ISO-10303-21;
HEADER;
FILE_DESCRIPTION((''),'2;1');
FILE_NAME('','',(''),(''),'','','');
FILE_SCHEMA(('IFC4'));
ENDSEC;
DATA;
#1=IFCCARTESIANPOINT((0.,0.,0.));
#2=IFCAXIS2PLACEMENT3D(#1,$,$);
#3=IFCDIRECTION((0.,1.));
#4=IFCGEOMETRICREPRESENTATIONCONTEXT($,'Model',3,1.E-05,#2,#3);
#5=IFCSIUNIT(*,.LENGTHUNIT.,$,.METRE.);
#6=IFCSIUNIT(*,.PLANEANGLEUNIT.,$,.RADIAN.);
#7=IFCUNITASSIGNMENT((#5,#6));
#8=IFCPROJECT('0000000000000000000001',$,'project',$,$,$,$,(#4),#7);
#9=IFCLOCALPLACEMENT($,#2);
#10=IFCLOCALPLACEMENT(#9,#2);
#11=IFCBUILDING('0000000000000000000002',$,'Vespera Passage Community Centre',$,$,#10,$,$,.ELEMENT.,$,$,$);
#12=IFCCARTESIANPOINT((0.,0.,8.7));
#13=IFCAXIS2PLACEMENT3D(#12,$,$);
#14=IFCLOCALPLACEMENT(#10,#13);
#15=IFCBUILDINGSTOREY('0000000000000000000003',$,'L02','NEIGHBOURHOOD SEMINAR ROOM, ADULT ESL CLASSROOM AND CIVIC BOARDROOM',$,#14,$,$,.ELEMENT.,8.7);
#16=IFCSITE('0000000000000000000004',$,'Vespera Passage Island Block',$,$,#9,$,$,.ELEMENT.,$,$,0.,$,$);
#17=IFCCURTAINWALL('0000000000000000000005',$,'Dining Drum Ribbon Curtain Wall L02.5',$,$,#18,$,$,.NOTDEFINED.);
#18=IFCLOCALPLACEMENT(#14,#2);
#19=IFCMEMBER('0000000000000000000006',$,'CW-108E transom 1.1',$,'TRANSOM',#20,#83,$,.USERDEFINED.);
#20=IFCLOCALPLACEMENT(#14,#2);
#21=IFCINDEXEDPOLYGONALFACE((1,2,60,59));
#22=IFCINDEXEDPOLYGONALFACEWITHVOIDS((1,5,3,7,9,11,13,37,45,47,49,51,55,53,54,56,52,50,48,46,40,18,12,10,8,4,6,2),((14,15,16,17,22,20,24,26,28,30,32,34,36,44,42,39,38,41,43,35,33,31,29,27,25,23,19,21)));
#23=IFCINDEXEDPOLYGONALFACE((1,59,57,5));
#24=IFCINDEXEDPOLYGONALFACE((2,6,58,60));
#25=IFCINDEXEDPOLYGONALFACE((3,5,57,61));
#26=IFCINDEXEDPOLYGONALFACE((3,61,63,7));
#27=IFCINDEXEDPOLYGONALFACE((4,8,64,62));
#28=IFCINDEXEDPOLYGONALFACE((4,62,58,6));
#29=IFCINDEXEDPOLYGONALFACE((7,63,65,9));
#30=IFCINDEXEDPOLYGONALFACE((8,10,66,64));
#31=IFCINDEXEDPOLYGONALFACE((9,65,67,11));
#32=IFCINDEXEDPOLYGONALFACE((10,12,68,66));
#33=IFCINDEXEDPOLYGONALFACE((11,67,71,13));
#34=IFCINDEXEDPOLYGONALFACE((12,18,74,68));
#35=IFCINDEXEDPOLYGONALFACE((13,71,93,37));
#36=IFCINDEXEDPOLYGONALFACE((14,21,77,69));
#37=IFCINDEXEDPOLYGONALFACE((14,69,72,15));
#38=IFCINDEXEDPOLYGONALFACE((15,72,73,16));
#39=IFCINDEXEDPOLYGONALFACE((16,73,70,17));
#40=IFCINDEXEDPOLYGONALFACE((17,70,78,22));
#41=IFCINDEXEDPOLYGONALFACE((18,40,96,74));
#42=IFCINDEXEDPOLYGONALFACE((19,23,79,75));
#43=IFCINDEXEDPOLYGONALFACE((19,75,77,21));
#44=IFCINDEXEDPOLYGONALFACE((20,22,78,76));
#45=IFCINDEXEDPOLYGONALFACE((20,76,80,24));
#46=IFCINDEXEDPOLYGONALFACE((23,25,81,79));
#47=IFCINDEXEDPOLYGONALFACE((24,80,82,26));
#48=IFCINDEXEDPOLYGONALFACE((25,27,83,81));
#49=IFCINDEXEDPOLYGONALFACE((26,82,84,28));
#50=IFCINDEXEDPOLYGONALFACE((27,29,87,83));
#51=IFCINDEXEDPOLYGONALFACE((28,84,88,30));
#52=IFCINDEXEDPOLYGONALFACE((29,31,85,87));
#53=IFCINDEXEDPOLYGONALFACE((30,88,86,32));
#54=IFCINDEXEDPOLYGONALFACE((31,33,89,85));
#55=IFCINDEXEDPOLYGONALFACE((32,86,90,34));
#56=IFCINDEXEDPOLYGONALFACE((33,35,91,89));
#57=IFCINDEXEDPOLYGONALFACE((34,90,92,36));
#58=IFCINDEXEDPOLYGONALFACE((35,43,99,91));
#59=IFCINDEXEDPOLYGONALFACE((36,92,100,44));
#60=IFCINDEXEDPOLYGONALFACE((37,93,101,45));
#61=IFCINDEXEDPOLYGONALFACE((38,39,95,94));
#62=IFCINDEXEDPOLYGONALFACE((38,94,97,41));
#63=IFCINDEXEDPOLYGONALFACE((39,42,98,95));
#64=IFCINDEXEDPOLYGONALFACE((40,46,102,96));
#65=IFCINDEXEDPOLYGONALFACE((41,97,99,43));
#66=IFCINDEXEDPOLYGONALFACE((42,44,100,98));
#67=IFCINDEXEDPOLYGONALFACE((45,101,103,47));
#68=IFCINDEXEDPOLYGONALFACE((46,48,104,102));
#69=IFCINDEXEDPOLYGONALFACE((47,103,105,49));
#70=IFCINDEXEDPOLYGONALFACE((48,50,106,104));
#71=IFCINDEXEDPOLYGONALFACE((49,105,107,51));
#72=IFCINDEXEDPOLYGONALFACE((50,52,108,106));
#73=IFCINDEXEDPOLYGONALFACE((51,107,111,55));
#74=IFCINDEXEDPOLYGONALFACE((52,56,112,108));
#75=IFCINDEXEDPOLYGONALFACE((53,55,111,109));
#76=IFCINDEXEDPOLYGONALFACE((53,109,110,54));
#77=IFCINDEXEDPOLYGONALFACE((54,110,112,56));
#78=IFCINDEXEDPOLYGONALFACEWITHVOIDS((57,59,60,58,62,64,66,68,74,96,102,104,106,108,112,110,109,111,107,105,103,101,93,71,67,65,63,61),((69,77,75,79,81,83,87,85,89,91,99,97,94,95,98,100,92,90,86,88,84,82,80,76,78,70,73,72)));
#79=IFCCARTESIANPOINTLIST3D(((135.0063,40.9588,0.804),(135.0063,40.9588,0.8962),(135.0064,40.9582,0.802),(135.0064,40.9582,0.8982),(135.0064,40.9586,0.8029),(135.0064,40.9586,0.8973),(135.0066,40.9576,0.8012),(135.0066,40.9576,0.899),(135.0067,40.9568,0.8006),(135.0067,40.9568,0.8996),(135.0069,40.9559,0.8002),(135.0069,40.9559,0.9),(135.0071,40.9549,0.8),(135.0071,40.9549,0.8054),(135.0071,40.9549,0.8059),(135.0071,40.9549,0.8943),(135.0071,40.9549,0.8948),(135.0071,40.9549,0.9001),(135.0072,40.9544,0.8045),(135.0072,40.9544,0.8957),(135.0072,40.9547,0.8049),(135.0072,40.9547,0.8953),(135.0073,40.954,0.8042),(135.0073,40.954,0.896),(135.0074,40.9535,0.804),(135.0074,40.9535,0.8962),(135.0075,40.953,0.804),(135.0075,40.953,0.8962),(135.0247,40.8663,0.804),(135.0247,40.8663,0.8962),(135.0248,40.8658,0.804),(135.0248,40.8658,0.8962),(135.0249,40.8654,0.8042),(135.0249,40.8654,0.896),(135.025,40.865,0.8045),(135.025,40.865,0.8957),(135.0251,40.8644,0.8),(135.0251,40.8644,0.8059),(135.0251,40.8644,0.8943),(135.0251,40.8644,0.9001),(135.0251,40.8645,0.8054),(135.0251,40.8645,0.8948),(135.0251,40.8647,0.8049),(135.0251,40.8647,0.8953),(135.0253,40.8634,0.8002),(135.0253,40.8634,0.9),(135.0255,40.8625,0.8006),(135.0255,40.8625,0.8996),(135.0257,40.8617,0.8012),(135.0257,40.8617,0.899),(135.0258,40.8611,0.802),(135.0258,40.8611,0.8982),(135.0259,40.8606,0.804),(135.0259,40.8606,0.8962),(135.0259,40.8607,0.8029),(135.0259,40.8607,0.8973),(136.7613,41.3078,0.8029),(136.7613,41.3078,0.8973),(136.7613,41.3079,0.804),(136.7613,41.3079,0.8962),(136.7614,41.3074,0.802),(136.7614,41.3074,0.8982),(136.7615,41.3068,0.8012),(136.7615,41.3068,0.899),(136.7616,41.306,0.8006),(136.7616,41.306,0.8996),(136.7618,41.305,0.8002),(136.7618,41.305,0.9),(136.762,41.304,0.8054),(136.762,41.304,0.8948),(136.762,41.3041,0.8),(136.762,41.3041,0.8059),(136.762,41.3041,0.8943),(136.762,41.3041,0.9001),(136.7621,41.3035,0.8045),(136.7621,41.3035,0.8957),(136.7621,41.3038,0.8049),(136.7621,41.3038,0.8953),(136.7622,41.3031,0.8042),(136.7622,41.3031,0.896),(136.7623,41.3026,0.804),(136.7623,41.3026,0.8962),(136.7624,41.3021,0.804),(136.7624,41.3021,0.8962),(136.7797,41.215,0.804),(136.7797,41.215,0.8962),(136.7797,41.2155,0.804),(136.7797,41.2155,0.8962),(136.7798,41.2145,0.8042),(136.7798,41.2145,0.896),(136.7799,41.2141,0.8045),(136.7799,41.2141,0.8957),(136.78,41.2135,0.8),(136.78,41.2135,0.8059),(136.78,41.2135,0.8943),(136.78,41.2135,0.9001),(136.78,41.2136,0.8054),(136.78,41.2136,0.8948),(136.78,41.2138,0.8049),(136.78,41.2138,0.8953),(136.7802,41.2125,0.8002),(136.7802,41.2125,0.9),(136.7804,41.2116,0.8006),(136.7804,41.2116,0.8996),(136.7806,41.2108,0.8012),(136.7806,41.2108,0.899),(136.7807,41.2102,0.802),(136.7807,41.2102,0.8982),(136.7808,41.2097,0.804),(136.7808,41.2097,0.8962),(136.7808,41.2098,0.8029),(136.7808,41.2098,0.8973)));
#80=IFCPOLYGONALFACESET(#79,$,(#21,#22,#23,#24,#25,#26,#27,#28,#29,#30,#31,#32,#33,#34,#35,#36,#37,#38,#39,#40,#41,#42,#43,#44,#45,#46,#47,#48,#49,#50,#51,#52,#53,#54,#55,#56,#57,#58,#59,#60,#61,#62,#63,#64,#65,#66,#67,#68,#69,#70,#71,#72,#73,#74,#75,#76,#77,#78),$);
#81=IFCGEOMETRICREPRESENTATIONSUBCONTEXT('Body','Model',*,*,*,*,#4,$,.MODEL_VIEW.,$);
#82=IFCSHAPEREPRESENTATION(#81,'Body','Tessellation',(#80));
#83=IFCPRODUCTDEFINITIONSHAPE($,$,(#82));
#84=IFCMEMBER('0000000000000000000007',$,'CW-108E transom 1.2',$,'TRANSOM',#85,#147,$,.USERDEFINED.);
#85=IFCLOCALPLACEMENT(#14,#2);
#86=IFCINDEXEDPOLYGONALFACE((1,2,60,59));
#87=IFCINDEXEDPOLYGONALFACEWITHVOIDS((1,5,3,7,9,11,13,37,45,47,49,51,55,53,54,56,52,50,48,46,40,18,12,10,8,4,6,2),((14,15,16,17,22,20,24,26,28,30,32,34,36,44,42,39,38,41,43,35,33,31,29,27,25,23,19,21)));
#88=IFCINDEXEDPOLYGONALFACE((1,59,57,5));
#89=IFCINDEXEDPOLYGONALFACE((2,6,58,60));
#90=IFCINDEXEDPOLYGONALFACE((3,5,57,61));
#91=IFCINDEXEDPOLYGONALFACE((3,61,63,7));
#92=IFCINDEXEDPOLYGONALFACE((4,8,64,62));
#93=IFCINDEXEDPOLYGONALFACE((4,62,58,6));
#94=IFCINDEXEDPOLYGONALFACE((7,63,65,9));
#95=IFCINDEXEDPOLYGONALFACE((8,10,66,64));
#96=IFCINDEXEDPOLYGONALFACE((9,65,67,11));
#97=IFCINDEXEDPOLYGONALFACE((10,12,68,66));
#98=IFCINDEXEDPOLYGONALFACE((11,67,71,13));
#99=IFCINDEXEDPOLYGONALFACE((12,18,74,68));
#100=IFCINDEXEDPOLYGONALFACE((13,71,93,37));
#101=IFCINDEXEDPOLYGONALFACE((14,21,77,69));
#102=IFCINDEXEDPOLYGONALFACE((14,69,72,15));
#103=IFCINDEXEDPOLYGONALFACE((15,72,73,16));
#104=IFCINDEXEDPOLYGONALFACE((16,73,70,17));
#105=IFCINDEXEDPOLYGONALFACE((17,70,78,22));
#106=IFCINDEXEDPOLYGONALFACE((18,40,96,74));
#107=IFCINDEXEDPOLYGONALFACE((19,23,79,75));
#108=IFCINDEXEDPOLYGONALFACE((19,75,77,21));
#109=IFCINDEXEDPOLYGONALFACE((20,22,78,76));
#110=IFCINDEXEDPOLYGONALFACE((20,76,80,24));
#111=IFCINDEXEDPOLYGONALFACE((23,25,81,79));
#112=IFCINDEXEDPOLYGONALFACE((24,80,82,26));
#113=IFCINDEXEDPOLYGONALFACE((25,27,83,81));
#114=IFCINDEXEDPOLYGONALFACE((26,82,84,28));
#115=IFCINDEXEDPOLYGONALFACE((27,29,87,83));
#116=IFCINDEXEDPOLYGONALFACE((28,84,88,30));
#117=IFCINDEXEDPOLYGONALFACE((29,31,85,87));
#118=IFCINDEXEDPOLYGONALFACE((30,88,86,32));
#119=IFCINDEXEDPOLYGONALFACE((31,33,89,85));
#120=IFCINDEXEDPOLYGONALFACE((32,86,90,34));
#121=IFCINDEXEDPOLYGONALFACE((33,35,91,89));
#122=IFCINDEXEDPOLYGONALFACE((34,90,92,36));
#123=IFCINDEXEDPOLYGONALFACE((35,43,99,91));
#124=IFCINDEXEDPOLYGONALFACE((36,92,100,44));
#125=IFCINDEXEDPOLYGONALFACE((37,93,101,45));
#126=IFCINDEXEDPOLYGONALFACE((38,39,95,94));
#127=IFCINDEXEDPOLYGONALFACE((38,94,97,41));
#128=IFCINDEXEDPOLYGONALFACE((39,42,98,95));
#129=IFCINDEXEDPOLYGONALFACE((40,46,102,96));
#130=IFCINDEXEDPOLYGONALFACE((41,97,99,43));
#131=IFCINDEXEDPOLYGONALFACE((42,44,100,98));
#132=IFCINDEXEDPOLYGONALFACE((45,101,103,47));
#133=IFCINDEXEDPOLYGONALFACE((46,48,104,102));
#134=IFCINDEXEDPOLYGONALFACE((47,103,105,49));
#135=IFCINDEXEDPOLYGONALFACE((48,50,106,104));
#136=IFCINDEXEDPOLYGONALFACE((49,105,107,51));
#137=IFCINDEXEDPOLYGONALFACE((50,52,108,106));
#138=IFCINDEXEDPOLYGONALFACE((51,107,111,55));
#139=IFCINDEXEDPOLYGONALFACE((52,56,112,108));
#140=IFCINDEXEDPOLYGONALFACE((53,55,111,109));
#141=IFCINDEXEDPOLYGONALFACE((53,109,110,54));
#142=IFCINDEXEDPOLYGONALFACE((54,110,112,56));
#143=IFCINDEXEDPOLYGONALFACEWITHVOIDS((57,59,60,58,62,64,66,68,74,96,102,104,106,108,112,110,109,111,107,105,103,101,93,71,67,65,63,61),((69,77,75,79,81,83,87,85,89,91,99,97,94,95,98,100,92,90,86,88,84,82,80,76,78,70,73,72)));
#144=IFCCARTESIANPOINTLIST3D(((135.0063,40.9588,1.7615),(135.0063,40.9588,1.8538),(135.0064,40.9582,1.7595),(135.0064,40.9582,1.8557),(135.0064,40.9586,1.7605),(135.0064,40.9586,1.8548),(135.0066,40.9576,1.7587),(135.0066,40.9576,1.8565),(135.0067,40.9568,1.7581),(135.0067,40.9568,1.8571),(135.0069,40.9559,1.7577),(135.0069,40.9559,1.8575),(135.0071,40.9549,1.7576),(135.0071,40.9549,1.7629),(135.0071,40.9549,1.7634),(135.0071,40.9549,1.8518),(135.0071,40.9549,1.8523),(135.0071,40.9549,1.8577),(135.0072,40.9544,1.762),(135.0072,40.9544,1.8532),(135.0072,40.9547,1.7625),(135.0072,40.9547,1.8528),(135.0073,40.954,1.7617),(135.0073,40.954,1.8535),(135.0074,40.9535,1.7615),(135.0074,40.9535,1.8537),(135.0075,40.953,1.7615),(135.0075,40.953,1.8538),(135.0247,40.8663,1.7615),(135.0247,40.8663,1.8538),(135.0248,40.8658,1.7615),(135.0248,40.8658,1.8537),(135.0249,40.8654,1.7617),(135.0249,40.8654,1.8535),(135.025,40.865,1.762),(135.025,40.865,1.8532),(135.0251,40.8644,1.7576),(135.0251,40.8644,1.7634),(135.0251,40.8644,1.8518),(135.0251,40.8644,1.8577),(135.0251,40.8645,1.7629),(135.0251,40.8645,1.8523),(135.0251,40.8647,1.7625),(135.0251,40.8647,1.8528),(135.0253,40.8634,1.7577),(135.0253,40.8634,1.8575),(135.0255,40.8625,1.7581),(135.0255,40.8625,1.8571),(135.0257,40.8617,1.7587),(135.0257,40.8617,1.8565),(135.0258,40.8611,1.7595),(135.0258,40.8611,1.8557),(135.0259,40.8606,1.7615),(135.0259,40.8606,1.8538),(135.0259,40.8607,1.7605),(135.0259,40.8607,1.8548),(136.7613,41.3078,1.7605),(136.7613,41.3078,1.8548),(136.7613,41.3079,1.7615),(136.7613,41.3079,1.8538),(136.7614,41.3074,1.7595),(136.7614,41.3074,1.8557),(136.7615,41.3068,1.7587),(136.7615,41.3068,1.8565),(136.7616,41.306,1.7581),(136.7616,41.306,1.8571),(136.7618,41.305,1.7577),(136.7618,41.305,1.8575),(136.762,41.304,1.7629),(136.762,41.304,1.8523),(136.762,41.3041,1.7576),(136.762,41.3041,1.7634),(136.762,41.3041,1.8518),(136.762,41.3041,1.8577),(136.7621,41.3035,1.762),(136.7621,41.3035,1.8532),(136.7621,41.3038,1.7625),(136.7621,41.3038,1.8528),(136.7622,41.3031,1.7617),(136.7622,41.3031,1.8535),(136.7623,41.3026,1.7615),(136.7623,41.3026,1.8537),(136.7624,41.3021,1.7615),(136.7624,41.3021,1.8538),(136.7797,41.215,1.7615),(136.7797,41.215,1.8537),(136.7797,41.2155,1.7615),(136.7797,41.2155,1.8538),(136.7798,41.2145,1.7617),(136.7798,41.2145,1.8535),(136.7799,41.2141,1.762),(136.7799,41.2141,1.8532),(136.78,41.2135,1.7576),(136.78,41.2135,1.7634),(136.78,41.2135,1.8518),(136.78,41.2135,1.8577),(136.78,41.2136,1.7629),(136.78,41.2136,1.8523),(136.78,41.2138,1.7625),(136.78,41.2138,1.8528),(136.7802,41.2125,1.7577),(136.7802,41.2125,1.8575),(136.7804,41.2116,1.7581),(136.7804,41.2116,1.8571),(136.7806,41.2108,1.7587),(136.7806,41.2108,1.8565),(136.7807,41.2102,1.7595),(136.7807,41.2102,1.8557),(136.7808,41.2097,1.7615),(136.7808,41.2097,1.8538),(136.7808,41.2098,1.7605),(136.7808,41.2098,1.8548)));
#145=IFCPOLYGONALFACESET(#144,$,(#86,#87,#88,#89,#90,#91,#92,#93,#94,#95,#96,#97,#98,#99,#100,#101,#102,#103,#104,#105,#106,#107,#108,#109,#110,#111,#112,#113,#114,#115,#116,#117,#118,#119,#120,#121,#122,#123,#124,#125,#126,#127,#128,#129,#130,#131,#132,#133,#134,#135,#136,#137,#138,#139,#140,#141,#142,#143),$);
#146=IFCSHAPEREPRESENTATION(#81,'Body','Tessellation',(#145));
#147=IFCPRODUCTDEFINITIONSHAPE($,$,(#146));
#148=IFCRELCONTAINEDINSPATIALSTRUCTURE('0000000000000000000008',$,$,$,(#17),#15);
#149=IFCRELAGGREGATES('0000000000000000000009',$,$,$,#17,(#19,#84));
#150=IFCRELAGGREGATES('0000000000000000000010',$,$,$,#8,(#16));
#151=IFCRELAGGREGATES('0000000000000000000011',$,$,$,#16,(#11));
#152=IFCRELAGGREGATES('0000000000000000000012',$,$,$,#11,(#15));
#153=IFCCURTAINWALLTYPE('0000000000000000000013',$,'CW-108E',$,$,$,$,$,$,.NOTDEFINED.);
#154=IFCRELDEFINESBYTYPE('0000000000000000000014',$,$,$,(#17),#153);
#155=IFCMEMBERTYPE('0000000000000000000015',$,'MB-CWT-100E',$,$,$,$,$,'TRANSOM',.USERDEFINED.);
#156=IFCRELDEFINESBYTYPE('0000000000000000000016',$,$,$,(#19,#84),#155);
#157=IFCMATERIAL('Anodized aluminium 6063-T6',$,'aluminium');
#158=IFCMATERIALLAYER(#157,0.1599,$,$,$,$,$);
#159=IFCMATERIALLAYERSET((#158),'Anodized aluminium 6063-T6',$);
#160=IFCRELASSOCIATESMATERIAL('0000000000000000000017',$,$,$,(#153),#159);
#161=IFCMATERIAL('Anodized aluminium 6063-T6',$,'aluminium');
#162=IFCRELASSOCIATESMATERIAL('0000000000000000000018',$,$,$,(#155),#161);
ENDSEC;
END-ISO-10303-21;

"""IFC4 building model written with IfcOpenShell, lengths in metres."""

from ifc_helpers import new_model, si_unit, direction, frame, origin, origin_2d, place, context, subcontext, project, spatial, hollow_rectangle, extrude, material, layer, layer_set, material_profile, profile_set, type_object, element, aggregate, save


model = new_model("IFC4")

# Units and contexts
model_context = context("Model", 3, precision=1e-05, world=origin(), true_north=direction((0.0, 1.0)))
body_context = subcontext(model_context, "Body", "Model", "MODEL_VIEW")
ifc_project = project(units=[si_unit("LENGTHUNIT", "METRE"), si_unit("PLANEANGLEUNIT", "RADIAN")], contexts=[model_context])

# Site, building, storey
site_placement = place(None, origin())
site = spatial("IfcSite", under=ifc_project, at=site_placement, Name="Vespera Passage Island Block", CompositionType="ELEMENT", RefElevation=0.0)
building_placement = place(site_placement, origin())
building = spatial("IfcBuilding", under=site, at=building_placement, Name="Vespera Passage Community Centre", CompositionType="ELEMENT")
storey_placement = place(building_placement, frame((0.0, 0.0, 8.7)))
storey = spatial("IfcBuildingStorey", under=building, at=storey_placement, Name="L02", Description="NEIGHBOURHOOD SEMINAR ROOM, ADULT ESL CLASSROOM AND CIVIC BOARDROOM", CompositionType="ELEMENT", Elevation=8.7)

# Curtain wall
ifc_material_1 = material(Name="Anodized aluminium 6063-T6", Category="aluminium")
ifc_layer_1 = layer(ifc_material_1, 0.1599)
ifc_layer_set_1 = layer_set([ifc_layer_1], Name="Anodized aluminium 6063-T6")
curtain_wall_type_1 = type_object("IfcCurtainWallType", Name="CW-108E", PredefinedType="NOTDEFINED", material=ifc_layer_set_1)
curtain_wall_1_placement = place(storey_placement, origin())
curtain_wall_1 = element("IfcCurtainWall", 1, at=curtain_wall_1_placement, inside=storey, type_object=curtain_wall_type_1, Name="Dining Drum Ribbon Curtain Wall L02.5", PredefinedType="NOTDEFINED")

# Members
ifc_material_2 = material(Name="Anodized aluminium 6063-T6", Category="aluminium")
ifc_material_profile_1 = material_profile(ifc_material_2, hollow_rectangle(XDim=0.1001, YDim=0.1001, WallThickness=0.0039, InnerFilletRadius=0.002, OuterFilletRadius=0.0039, at=origin_2d()), Name="ALU100X100X4")
ifc_profile_set_1 = profile_set([ifc_material_profile_1], Name="Anodized aluminium 6063-T6")
member_type_1 = type_object("IfcMemberType", Name="MB-CWT-100E", ElementType="TRANSOM", PredefinedType="USERDEFINED", material=ifc_profile_set_1)
member_1_placement = place(storey_placement, frame((135.0161, 40.9097, 0.8501), z_axis=(0.98078, 0.195119, 0.0), x_axis=(-0.195119, 0.98078, 0.0)))
member_1 = element("IfcMember", 2, at=member_1_placement, type_object=member_type_1, Name="CW-108E transom 1.1", ObjectType="TRANSOM", PredefinedType="USERDEFINED", context=body_context, shape_type="SweptSolid", body=[
    extrude(hollow_rectangle(XDim=0.1001, YDim=0.1001, WallThickness=0.0039, InnerFilletRadius=0.002, OuterFilletRadius=0.0039, at=origin_2d()), origin(), (0.0, 0.0, 1.0), 1.7893),
])
member_2_placement = place(storey_placement, frame((135.0161, 40.9097, 1.8076), z_axis=(0.98078, 0.195119, 0.0), x_axis=(-0.195119, 0.98078, 0.0)))
member_2 = element("IfcMember", 3, at=member_2_placement, type_object=member_type_1, Name="CW-108E transom 1.2", ObjectType="TRANSOM", PredefinedType="USERDEFINED", context=body_context, shape_type="SweptSolid", body=[
    extrude(hollow_rectangle(XDim=0.1001, YDim=0.1001, WallThickness=0.0039, InnerFilletRadius=0.002, OuterFilletRadius=0.0039, at=origin_2d()), origin(), (0.0, 0.0, 1.0), 1.7893),
])

aggregate(curtain_wall_1, [member_1, member_2])

save(model, "model.ifc")
